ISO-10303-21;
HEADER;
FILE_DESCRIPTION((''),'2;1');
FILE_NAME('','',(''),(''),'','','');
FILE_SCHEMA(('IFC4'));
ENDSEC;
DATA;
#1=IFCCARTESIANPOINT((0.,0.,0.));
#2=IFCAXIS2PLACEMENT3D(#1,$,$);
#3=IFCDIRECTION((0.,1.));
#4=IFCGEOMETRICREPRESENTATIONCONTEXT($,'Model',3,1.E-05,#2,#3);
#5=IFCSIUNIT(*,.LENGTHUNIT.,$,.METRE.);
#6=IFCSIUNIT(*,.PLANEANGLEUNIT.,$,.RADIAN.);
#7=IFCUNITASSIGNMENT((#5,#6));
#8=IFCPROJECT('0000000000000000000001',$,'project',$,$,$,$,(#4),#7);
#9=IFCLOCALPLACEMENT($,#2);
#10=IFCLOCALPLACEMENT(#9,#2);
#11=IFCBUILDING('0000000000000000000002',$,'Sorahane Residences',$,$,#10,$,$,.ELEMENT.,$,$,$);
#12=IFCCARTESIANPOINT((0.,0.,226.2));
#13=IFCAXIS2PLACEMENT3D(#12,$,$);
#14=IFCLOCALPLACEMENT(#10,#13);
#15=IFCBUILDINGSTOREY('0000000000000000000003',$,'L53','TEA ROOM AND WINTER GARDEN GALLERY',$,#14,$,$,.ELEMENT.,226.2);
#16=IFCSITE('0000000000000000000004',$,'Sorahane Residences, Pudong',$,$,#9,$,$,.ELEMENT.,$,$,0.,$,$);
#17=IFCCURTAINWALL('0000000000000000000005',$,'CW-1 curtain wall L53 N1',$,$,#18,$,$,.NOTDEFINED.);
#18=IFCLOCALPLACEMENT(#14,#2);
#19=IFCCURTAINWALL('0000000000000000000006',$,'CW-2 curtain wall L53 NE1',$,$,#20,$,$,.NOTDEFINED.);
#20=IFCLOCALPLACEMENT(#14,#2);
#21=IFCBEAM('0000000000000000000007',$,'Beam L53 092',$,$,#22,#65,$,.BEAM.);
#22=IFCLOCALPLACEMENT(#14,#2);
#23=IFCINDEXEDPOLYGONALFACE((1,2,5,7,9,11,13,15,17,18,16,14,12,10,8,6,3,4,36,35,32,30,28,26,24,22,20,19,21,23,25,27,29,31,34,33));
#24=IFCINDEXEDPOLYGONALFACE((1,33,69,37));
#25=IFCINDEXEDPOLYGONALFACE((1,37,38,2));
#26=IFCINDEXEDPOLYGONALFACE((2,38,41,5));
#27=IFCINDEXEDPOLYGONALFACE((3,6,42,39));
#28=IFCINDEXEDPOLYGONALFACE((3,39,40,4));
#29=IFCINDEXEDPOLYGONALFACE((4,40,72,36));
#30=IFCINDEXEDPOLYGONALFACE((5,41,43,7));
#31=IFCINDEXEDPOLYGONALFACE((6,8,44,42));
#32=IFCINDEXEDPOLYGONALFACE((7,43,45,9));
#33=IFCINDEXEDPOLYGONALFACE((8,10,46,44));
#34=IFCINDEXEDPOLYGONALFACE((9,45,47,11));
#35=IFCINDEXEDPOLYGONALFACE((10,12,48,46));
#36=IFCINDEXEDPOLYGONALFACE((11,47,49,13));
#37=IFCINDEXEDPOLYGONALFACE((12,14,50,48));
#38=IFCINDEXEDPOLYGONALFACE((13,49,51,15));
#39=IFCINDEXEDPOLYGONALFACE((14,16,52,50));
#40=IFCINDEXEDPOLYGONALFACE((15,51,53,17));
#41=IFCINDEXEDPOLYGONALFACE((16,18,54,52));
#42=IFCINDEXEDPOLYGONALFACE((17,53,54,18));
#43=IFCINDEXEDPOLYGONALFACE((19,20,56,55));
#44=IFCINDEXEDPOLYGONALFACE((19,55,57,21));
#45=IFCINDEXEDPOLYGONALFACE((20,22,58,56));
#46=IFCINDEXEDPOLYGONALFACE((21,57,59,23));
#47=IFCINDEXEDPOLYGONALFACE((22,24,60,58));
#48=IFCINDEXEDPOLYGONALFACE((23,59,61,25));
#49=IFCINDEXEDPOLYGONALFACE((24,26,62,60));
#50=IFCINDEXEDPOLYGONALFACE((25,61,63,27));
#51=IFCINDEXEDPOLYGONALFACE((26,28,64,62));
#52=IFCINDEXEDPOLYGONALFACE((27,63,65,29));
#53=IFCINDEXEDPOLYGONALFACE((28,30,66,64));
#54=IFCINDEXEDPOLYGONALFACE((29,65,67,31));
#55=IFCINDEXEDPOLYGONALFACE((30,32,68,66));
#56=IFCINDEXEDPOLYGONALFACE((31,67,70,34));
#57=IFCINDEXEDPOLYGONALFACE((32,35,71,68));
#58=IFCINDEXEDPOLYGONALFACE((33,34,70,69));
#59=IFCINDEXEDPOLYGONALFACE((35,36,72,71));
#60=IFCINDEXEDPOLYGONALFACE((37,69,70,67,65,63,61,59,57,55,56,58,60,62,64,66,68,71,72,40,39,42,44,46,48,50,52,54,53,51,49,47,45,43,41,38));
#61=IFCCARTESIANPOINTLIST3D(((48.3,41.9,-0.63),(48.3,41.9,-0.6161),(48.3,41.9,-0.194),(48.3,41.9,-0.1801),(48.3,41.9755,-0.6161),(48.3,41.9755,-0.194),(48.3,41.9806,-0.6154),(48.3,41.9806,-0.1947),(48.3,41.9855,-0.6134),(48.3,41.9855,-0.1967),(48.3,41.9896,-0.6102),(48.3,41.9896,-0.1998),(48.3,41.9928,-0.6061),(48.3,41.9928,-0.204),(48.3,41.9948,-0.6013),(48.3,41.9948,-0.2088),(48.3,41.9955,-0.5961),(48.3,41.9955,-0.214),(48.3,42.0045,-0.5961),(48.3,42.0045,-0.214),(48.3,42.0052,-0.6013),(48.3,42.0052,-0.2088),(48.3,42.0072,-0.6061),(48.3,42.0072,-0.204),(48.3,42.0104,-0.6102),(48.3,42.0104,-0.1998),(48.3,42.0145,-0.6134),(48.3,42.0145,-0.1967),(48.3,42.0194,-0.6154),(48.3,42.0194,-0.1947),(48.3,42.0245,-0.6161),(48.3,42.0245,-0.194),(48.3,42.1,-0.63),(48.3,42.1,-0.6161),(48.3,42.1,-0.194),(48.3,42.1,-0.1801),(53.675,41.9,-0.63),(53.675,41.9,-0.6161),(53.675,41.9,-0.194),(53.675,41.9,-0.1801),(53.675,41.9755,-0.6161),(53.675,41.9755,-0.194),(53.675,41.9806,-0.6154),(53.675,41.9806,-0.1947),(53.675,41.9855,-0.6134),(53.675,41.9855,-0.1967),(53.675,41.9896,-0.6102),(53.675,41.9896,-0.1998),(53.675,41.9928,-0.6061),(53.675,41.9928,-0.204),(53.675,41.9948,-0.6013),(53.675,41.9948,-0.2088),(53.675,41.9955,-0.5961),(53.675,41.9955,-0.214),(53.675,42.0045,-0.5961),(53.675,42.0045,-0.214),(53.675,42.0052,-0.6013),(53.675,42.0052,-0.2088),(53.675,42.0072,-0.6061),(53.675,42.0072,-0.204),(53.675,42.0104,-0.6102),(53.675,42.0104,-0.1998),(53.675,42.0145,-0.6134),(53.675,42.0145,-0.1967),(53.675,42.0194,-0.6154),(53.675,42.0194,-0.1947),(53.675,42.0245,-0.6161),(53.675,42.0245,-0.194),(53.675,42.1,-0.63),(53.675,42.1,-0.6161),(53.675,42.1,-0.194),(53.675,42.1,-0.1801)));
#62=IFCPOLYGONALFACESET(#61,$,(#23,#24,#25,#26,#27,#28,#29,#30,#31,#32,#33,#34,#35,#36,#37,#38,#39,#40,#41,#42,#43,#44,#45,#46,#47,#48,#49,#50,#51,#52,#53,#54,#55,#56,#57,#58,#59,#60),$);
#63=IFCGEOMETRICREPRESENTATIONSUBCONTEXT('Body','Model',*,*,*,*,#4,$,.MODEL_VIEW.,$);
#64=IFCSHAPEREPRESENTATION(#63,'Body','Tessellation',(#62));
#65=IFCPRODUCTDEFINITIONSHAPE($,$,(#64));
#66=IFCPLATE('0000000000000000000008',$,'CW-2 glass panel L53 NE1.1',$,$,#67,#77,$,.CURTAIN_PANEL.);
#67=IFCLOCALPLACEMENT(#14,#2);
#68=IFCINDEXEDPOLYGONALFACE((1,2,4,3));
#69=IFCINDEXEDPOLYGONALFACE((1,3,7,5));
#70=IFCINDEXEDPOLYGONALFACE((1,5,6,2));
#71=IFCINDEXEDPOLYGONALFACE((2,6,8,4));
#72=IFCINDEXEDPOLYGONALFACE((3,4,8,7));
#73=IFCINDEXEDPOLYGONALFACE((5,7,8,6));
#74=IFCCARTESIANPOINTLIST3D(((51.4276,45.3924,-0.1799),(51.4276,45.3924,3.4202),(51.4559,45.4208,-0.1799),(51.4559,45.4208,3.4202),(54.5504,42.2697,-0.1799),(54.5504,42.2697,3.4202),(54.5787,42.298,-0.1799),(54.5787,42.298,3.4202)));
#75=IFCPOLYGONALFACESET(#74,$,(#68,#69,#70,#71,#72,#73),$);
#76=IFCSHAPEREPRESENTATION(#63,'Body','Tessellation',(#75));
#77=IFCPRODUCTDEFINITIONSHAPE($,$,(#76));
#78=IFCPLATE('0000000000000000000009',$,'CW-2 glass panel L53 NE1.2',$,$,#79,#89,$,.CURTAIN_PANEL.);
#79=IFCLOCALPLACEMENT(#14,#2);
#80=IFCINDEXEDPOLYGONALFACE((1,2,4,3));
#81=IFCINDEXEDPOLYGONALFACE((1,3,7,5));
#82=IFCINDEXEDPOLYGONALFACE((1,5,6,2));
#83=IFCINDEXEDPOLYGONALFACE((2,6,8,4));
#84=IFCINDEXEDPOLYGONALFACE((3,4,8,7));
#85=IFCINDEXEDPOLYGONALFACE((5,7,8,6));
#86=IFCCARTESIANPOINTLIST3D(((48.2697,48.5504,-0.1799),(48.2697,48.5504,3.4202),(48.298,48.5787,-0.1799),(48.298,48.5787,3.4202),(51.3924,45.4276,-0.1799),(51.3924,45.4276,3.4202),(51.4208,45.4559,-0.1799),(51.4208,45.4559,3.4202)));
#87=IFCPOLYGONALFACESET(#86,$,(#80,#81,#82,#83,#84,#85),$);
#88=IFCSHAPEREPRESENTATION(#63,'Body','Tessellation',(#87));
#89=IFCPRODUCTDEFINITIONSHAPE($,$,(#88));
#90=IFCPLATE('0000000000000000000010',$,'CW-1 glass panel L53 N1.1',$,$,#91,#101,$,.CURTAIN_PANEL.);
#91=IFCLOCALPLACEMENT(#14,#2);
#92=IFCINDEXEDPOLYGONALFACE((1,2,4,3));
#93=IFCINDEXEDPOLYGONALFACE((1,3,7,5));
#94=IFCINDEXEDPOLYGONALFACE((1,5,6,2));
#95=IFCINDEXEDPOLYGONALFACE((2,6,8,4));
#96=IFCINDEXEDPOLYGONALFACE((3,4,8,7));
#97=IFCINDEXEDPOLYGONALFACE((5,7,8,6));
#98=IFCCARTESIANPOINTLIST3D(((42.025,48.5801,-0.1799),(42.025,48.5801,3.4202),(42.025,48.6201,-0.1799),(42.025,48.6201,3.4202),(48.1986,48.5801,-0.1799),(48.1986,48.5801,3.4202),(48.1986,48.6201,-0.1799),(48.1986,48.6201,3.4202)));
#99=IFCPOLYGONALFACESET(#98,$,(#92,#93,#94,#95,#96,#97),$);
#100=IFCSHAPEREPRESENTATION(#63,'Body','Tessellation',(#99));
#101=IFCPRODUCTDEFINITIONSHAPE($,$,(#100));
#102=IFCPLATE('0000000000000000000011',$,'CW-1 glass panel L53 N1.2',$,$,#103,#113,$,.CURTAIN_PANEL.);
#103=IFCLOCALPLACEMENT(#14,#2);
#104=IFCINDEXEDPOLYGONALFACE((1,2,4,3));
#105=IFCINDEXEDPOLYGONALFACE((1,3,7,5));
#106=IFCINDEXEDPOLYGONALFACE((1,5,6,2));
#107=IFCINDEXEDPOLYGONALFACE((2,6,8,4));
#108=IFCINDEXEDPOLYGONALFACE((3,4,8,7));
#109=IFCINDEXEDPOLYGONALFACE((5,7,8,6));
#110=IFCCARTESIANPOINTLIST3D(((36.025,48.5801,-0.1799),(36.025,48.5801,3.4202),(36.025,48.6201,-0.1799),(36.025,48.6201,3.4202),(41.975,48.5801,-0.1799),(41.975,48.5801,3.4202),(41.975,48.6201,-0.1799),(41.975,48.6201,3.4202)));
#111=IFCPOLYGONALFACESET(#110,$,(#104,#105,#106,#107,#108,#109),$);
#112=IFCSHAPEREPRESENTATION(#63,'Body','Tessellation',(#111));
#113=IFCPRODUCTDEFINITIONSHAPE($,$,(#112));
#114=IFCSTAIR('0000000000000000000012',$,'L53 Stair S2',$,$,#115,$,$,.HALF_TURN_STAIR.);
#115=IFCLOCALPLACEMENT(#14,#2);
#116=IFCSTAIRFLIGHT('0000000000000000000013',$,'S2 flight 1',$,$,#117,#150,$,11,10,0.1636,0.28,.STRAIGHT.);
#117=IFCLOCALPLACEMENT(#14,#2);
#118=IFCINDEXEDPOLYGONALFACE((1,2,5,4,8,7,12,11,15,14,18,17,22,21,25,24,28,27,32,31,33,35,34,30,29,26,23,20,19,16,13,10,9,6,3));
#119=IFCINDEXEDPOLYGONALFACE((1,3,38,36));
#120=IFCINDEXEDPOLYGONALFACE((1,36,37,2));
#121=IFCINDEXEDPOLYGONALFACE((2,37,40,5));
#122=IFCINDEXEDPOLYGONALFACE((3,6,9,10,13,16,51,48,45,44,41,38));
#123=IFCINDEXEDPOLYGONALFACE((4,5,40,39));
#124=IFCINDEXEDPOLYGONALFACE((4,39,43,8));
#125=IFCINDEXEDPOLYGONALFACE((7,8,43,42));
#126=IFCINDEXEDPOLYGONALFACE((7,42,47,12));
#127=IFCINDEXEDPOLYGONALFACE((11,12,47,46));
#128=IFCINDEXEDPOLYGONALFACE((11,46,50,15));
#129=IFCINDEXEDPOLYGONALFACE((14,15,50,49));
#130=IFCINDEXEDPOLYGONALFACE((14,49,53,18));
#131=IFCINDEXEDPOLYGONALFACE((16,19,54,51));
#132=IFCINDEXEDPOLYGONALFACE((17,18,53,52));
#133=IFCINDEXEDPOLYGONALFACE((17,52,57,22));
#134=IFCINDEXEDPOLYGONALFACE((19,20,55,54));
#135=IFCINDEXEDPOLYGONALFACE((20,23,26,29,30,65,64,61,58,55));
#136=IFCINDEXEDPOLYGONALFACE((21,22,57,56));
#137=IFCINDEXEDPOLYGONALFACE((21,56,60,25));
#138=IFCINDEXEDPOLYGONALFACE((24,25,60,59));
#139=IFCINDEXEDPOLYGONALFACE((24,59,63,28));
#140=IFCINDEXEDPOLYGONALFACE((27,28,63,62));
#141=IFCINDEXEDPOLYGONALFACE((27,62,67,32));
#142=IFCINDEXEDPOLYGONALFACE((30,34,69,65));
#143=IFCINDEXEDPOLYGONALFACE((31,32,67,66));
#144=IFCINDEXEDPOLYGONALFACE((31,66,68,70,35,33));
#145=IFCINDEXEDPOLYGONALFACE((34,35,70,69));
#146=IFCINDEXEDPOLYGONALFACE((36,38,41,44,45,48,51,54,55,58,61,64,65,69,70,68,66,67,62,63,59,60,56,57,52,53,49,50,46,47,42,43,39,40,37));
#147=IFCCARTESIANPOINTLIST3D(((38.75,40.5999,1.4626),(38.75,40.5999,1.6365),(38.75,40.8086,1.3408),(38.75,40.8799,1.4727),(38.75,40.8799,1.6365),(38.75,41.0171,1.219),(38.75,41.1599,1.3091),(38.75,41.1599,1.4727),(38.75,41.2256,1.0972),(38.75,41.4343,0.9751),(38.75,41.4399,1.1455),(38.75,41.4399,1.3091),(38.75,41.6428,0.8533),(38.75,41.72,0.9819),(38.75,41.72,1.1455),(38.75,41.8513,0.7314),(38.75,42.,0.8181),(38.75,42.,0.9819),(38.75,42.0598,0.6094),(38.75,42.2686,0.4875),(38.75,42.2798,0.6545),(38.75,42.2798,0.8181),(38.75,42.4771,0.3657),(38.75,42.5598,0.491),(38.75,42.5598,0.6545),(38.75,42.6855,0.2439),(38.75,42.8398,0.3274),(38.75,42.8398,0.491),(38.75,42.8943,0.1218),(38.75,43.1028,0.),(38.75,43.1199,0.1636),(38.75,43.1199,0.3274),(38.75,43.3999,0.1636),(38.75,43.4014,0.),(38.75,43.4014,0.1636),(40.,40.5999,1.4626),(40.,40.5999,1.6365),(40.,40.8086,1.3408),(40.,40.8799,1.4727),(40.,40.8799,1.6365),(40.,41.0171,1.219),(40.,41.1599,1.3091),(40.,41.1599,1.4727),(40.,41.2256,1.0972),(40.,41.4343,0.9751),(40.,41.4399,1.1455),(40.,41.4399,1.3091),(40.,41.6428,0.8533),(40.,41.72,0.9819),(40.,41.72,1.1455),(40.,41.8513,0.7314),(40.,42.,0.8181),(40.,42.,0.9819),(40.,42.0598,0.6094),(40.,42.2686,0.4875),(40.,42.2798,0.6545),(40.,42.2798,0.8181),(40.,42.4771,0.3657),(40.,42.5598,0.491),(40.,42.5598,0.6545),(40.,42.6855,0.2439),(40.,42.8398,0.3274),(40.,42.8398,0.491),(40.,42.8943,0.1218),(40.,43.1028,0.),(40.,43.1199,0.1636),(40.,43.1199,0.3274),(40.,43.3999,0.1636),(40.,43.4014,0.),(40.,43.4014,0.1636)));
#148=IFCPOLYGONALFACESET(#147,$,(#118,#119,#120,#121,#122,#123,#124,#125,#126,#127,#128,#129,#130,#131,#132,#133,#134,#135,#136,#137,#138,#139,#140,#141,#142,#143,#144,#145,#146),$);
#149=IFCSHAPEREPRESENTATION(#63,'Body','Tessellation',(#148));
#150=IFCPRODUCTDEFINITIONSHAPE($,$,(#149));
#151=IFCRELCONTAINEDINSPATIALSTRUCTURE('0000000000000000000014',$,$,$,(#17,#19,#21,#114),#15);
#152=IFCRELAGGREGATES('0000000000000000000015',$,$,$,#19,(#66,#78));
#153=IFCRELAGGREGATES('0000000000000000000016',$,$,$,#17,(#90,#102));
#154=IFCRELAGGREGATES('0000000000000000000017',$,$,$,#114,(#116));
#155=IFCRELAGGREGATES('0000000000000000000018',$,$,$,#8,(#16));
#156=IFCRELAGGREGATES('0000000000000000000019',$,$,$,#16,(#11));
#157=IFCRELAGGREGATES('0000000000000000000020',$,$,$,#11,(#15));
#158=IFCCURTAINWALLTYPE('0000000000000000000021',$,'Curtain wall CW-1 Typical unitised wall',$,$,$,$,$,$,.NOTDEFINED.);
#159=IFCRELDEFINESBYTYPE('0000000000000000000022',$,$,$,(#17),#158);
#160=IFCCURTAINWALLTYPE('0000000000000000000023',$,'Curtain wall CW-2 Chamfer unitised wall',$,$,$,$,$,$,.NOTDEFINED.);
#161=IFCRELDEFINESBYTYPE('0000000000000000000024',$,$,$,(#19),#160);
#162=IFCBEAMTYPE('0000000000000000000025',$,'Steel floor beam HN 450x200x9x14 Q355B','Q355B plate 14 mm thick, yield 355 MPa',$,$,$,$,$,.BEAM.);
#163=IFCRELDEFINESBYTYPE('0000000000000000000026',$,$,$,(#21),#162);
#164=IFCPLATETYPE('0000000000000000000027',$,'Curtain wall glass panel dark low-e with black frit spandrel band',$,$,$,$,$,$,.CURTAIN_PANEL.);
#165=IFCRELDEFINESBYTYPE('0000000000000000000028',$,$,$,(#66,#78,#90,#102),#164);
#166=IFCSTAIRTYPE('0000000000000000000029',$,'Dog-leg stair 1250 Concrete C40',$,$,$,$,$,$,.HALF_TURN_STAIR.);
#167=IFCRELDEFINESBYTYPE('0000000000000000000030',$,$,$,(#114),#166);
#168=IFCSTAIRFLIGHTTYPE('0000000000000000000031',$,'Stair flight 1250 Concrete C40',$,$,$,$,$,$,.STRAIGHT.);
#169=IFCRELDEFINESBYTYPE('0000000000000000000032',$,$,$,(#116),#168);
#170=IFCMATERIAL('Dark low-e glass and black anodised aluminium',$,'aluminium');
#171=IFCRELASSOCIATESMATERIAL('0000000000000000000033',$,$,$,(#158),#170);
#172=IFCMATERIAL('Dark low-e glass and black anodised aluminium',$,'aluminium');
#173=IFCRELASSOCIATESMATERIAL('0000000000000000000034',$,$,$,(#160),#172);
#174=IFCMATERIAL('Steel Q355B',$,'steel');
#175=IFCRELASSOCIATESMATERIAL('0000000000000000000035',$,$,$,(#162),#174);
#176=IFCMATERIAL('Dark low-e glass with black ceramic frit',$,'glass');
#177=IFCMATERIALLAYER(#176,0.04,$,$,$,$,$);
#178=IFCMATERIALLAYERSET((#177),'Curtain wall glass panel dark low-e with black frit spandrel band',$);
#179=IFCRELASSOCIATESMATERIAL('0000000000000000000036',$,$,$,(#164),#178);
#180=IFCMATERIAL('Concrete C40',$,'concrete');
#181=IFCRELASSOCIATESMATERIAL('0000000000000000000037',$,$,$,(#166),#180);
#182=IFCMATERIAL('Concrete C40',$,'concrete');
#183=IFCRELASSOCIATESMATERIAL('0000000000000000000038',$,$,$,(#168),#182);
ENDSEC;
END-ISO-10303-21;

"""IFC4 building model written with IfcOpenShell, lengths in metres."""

from ifc_helpers import new_model, si_unit, direction, frame, origin, origin_2d, place, context, subcontext, project, spatial, polyline, rectangle, i_section, outline, extrude, material, layer, layer_set, material_profile, profile_set, type_object, element, aggregate, save


model = new_model("IFC4")

# Units and contexts
model_context = context("Model", 3, precision=1e-05, world=origin(), true_north=direction((0.0, 1.0)))
body_context = subcontext(model_context, "Body", "Model", "MODEL_VIEW")
ifc_project = project(units=[si_unit("LENGTHUNIT", "METRE"), si_unit("PLANEANGLEUNIT", "RADIAN")], contexts=[model_context])

# Site, building, storey
site_placement = place(None, origin())
site = spatial("IfcSite", under=ifc_project, at=site_placement, Name="Sorahane Residences, Pudong", CompositionType="ELEMENT", RefElevation=0.0)
building_placement = place(site_placement, origin())
building = spatial("IfcBuilding", under=site, at=building_placement, Name="Sorahane Residences", CompositionType="ELEMENT")
storey_placement = place(building_placement, frame((0.0, 0.0, 226.2)))
storey = spatial("IfcBuildingStorey", under=building, at=storey_placement, Name="L53", Description="TEA ROOM AND WINTER GARDEN GALLERY", CompositionType="ELEMENT", Elevation=226.2)

# Curtain wall
ifc_material_1 = material(Name="Dark low-e glass and black anodised aluminium", Category="aluminium")
curtain_wall_type_1 = type_object("IfcCurtainWallType", Name="Curtain wall CW-1 Typical unitised wall", PredefinedType="NOTDEFINED", material=ifc_material_1)
curtain_wall_1_placement = place(storey_placement, origin())
curtain_wall_1 = element("IfcCurtainWall", 1, at=curtain_wall_1_placement, inside=storey, type_object=curtain_wall_type_1, Name="CW-1 curtain wall L53 N1", PredefinedType="NOTDEFINED")

# Curtain wall
ifc_material_2 = material(Name="Dark low-e glass and black anodised aluminium", Category="aluminium")
curtain_wall_type_2 = type_object("IfcCurtainWallType", Name="Curtain wall CW-2 Chamfer unitised wall", PredefinedType="NOTDEFINED", material=ifc_material_2)
curtain_wall_2_placement = place(storey_placement, origin())
curtain_wall_2 = element("IfcCurtainWall", 2, at=curtain_wall_2_placement, inside=storey, type_object=curtain_wall_type_2, Name="CW-2 curtain wall L53 NE1", PredefinedType="NOTDEFINED")

# Beam
ifc_material_3 = material(Name="Steel Q355B", Category="steel")
ifc_material_profile_1 = material_profile(ifc_material_3, i_section(OverallWidth=0.2, OverallDepth=0.45, WebThickness=0.009, FlangeThickness=0.0139, FilletRadius=0.02, at=origin_2d()), Name="HN 450x200x9x14")
ifc_profile_set_1 = profile_set([ifc_material_profile_1], Name="Steel Q355B")
beam_type = type_object("IfcBeamType", Name="Steel floor beam HN 450x200x9x14 Q355B", Description="Q355B plate 14 mm thick, yield 355 MPa", PredefinedType="BEAM", material=ifc_profile_set_1)
beam_1_placement = place(storey_placement, frame((48.3, 42.0, -0.405), z_axis=(1.0, 0.0, 0.0), x_axis=(0.0, 1.0, 0.0)))
element("IfcBeam", 3, at=beam_1_placement, inside=storey, type_object=beam_type, Name="Beam L53 092", PredefinedType="BEAM", context=body_context, shape_type="SweptSolid", body=[
    extrude(i_section(OverallWidth=0.2, OverallDepth=0.45, WebThickness=0.009, FlangeThickness=0.0139, FilletRadius=0.02, at=origin_2d()), origin(), (0.0, 0.0, 1.0), 5.375),
])

# Plates
ifc_material_4 = material(Name="Dark low-e glass with black ceramic frit", Category="glass")
ifc_layer_1 = layer(ifc_material_4, 0.04)
ifc_layer_set_1 = layer_set([ifc_layer_1], Name="Curtain wall glass panel dark low-e with black frit spandrel band")
plate_type = type_object("IfcPlateType", Name="Curtain wall glass panel dark low-e with black frit spandrel band", PredefinedType="CURTAIN_PANEL", material=ifc_layer_set_1)
plate_1_placement = place(storey_placement, frame((53.0032, 43.8452, -0.1799), z_axis=(0.0, 0.0, 1.0), x_axis=(-0.707107, 0.707107, 0.0)))
plate_1 = element("IfcPlate", 4, at=plate_1_placement, type_object=plate_type, Name="CW-2 glass panel L53 NE1.1", PredefinedType="CURTAIN_PANEL", context=body_context, shape_type="SweptSolid", body=[
    extrude(rectangle(XDim=4.4163, YDim=0.04, at=origin_2d()), origin(), (0.0, 0.0, 1.0), 3.6001),
])
plate_2_placement = place(storey_placement, frame((49.8452, 47.0032, -0.1799), z_axis=(0.0, 0.0, 1.0), x_axis=(-0.707107, 0.707107, 0.0)))
plate_2 = element("IfcPlate", 5, at=plate_2_placement, type_object=plate_type, Name="CW-2 glass panel L53 NE1.2", PredefinedType="CURTAIN_PANEL", context=body_context, shape_type="SweptSolid", body=[
    extrude(rectangle(XDim=4.4163, YDim=0.04, at=origin_2d()), origin(), (0.0, 0.0, 1.0), 3.6001),
])
aggregate(curtain_wall_2, [plate_1, plate_2])
plate_3_placement = place(storey_placement, frame((45.1118, 48.6001, -0.1799), z_axis=(0.0, 0.0, 1.0), x_axis=(-1.0, 0.0, 0.0)))
plate_3 = element("IfcPlate", 6, at=plate_3_placement, type_object=plate_type, Name="CW-1 glass panel L53 N1.1", PredefinedType="CURTAIN_PANEL", context=body_context, shape_type="SweptSolid", body=[
    extrude(rectangle(XDim=6.1736, YDim=0.04, at=origin_2d()), origin(), (0.0, 0.0, 1.0), 3.6001),
])
plate_4_placement = place(storey_placement, frame((39.0, 48.6001, -0.1799), z_axis=(0.0, 0.0, 1.0), x_axis=(-1.0, 0.0, 0.0)))
plate_4 = element("IfcPlate", 7, at=plate_4_placement, type_object=plate_type, Name="CW-1 glass panel L53 N1.2", PredefinedType="CURTAIN_PANEL", context=body_context, shape_type="SweptSolid", body=[
    extrude(rectangle(XDim=5.95, YDim=0.04, at=origin_2d()), origin(), (0.0, 0.0, 1.0), 3.6001),
])
aggregate(curtain_wall_1, [plate_3, plate_4])

# Stair, stair flight
ifc_material_5 = material(Name="Concrete C40", Category="concrete")
stair_type = type_object("IfcStairType", Name="Dog-leg stair 1250 Concrete C40", PredefinedType="HALF_TURN_STAIR", material=ifc_material_5)
stair_placement = place(storey_placement, origin())
stair = element("IfcStair", 8, at=stair_placement, inside=storey, type_object=stair_type, Name="L53 Stair S2", PredefinedType="HALF_TURN_STAIR")
ifc_material_6 = material(Name="Concrete C40", Category="concrete")
stair_flight_type = type_object("IfcStairFlightType", Name="Stair flight 1250 Concrete C40", PredefinedType="STRAIGHT", material=ifc_material_6)
stair_flight_1_placement = place(storey_placement, frame((39.375, 43.3999, 0.0), z_axis=(0.0, 0.0, 1.0), x_axis=(0.0, -1.0, 0.0)))
stair_flight_1 = element("IfcStairFlight", 9, at=stair_flight_1_placement, type_object=stair_flight_type, Name="S2 flight 1", NumberOfRisers=11, NumberOfTreads=10, PredefinedType="STRAIGHT", RiserHeight=0.1636, TreadLength=0.28, context=body_context, shape_type="SweptSolid", body=[
    extrude(outline(polyline([(-0.0015, 0.0), (-0.0015, 0.1636), (0.0, 0.1636), (0.28, 0.1636), (0.28, 0.3274), (0.5601, 0.3274), (0.5601, 0.491), (0.8401, 0.491), (0.8401, 0.6545), (1.1201, 0.6545), (1.1201, 0.8181), (1.3999, 0.8181), (1.3999, 0.9819), (1.6799, 0.9819), (1.6799, 1.1455), (1.96, 1.1455), (1.96, 1.3091), (2.24, 1.3091), (2.24, 1.4727), (2.52, 1.4727), (2.52, 1.6365), (2.8, 1.6365), (2.8, 1.8), (2.8, 1.4626), (2.5913, 1.3408), (2.3828, 1.219), (2.1743, 1.0972), (1.9656, 0.9751), (1.7571, 0.8533), (1.5486, 0.7314), (1.3401, 0.6094), (1.1313, 0.4875), (0.9229, 0.3657), (0.7144, 0.2439), (0.5056, 0.1218), (0.2971, 0.0), (-0.0015, 0.0)])), frame((0.0, 0.625, 0.0), z_axis=(0.0, -1.0, 0.0), x_axis=(1.0, 0.0, 0.0)), (0.0, 0.0, 1.0), 1.25),
])
aggregate(stair, [stair_flight_1])

save(model, "model.ifc")
